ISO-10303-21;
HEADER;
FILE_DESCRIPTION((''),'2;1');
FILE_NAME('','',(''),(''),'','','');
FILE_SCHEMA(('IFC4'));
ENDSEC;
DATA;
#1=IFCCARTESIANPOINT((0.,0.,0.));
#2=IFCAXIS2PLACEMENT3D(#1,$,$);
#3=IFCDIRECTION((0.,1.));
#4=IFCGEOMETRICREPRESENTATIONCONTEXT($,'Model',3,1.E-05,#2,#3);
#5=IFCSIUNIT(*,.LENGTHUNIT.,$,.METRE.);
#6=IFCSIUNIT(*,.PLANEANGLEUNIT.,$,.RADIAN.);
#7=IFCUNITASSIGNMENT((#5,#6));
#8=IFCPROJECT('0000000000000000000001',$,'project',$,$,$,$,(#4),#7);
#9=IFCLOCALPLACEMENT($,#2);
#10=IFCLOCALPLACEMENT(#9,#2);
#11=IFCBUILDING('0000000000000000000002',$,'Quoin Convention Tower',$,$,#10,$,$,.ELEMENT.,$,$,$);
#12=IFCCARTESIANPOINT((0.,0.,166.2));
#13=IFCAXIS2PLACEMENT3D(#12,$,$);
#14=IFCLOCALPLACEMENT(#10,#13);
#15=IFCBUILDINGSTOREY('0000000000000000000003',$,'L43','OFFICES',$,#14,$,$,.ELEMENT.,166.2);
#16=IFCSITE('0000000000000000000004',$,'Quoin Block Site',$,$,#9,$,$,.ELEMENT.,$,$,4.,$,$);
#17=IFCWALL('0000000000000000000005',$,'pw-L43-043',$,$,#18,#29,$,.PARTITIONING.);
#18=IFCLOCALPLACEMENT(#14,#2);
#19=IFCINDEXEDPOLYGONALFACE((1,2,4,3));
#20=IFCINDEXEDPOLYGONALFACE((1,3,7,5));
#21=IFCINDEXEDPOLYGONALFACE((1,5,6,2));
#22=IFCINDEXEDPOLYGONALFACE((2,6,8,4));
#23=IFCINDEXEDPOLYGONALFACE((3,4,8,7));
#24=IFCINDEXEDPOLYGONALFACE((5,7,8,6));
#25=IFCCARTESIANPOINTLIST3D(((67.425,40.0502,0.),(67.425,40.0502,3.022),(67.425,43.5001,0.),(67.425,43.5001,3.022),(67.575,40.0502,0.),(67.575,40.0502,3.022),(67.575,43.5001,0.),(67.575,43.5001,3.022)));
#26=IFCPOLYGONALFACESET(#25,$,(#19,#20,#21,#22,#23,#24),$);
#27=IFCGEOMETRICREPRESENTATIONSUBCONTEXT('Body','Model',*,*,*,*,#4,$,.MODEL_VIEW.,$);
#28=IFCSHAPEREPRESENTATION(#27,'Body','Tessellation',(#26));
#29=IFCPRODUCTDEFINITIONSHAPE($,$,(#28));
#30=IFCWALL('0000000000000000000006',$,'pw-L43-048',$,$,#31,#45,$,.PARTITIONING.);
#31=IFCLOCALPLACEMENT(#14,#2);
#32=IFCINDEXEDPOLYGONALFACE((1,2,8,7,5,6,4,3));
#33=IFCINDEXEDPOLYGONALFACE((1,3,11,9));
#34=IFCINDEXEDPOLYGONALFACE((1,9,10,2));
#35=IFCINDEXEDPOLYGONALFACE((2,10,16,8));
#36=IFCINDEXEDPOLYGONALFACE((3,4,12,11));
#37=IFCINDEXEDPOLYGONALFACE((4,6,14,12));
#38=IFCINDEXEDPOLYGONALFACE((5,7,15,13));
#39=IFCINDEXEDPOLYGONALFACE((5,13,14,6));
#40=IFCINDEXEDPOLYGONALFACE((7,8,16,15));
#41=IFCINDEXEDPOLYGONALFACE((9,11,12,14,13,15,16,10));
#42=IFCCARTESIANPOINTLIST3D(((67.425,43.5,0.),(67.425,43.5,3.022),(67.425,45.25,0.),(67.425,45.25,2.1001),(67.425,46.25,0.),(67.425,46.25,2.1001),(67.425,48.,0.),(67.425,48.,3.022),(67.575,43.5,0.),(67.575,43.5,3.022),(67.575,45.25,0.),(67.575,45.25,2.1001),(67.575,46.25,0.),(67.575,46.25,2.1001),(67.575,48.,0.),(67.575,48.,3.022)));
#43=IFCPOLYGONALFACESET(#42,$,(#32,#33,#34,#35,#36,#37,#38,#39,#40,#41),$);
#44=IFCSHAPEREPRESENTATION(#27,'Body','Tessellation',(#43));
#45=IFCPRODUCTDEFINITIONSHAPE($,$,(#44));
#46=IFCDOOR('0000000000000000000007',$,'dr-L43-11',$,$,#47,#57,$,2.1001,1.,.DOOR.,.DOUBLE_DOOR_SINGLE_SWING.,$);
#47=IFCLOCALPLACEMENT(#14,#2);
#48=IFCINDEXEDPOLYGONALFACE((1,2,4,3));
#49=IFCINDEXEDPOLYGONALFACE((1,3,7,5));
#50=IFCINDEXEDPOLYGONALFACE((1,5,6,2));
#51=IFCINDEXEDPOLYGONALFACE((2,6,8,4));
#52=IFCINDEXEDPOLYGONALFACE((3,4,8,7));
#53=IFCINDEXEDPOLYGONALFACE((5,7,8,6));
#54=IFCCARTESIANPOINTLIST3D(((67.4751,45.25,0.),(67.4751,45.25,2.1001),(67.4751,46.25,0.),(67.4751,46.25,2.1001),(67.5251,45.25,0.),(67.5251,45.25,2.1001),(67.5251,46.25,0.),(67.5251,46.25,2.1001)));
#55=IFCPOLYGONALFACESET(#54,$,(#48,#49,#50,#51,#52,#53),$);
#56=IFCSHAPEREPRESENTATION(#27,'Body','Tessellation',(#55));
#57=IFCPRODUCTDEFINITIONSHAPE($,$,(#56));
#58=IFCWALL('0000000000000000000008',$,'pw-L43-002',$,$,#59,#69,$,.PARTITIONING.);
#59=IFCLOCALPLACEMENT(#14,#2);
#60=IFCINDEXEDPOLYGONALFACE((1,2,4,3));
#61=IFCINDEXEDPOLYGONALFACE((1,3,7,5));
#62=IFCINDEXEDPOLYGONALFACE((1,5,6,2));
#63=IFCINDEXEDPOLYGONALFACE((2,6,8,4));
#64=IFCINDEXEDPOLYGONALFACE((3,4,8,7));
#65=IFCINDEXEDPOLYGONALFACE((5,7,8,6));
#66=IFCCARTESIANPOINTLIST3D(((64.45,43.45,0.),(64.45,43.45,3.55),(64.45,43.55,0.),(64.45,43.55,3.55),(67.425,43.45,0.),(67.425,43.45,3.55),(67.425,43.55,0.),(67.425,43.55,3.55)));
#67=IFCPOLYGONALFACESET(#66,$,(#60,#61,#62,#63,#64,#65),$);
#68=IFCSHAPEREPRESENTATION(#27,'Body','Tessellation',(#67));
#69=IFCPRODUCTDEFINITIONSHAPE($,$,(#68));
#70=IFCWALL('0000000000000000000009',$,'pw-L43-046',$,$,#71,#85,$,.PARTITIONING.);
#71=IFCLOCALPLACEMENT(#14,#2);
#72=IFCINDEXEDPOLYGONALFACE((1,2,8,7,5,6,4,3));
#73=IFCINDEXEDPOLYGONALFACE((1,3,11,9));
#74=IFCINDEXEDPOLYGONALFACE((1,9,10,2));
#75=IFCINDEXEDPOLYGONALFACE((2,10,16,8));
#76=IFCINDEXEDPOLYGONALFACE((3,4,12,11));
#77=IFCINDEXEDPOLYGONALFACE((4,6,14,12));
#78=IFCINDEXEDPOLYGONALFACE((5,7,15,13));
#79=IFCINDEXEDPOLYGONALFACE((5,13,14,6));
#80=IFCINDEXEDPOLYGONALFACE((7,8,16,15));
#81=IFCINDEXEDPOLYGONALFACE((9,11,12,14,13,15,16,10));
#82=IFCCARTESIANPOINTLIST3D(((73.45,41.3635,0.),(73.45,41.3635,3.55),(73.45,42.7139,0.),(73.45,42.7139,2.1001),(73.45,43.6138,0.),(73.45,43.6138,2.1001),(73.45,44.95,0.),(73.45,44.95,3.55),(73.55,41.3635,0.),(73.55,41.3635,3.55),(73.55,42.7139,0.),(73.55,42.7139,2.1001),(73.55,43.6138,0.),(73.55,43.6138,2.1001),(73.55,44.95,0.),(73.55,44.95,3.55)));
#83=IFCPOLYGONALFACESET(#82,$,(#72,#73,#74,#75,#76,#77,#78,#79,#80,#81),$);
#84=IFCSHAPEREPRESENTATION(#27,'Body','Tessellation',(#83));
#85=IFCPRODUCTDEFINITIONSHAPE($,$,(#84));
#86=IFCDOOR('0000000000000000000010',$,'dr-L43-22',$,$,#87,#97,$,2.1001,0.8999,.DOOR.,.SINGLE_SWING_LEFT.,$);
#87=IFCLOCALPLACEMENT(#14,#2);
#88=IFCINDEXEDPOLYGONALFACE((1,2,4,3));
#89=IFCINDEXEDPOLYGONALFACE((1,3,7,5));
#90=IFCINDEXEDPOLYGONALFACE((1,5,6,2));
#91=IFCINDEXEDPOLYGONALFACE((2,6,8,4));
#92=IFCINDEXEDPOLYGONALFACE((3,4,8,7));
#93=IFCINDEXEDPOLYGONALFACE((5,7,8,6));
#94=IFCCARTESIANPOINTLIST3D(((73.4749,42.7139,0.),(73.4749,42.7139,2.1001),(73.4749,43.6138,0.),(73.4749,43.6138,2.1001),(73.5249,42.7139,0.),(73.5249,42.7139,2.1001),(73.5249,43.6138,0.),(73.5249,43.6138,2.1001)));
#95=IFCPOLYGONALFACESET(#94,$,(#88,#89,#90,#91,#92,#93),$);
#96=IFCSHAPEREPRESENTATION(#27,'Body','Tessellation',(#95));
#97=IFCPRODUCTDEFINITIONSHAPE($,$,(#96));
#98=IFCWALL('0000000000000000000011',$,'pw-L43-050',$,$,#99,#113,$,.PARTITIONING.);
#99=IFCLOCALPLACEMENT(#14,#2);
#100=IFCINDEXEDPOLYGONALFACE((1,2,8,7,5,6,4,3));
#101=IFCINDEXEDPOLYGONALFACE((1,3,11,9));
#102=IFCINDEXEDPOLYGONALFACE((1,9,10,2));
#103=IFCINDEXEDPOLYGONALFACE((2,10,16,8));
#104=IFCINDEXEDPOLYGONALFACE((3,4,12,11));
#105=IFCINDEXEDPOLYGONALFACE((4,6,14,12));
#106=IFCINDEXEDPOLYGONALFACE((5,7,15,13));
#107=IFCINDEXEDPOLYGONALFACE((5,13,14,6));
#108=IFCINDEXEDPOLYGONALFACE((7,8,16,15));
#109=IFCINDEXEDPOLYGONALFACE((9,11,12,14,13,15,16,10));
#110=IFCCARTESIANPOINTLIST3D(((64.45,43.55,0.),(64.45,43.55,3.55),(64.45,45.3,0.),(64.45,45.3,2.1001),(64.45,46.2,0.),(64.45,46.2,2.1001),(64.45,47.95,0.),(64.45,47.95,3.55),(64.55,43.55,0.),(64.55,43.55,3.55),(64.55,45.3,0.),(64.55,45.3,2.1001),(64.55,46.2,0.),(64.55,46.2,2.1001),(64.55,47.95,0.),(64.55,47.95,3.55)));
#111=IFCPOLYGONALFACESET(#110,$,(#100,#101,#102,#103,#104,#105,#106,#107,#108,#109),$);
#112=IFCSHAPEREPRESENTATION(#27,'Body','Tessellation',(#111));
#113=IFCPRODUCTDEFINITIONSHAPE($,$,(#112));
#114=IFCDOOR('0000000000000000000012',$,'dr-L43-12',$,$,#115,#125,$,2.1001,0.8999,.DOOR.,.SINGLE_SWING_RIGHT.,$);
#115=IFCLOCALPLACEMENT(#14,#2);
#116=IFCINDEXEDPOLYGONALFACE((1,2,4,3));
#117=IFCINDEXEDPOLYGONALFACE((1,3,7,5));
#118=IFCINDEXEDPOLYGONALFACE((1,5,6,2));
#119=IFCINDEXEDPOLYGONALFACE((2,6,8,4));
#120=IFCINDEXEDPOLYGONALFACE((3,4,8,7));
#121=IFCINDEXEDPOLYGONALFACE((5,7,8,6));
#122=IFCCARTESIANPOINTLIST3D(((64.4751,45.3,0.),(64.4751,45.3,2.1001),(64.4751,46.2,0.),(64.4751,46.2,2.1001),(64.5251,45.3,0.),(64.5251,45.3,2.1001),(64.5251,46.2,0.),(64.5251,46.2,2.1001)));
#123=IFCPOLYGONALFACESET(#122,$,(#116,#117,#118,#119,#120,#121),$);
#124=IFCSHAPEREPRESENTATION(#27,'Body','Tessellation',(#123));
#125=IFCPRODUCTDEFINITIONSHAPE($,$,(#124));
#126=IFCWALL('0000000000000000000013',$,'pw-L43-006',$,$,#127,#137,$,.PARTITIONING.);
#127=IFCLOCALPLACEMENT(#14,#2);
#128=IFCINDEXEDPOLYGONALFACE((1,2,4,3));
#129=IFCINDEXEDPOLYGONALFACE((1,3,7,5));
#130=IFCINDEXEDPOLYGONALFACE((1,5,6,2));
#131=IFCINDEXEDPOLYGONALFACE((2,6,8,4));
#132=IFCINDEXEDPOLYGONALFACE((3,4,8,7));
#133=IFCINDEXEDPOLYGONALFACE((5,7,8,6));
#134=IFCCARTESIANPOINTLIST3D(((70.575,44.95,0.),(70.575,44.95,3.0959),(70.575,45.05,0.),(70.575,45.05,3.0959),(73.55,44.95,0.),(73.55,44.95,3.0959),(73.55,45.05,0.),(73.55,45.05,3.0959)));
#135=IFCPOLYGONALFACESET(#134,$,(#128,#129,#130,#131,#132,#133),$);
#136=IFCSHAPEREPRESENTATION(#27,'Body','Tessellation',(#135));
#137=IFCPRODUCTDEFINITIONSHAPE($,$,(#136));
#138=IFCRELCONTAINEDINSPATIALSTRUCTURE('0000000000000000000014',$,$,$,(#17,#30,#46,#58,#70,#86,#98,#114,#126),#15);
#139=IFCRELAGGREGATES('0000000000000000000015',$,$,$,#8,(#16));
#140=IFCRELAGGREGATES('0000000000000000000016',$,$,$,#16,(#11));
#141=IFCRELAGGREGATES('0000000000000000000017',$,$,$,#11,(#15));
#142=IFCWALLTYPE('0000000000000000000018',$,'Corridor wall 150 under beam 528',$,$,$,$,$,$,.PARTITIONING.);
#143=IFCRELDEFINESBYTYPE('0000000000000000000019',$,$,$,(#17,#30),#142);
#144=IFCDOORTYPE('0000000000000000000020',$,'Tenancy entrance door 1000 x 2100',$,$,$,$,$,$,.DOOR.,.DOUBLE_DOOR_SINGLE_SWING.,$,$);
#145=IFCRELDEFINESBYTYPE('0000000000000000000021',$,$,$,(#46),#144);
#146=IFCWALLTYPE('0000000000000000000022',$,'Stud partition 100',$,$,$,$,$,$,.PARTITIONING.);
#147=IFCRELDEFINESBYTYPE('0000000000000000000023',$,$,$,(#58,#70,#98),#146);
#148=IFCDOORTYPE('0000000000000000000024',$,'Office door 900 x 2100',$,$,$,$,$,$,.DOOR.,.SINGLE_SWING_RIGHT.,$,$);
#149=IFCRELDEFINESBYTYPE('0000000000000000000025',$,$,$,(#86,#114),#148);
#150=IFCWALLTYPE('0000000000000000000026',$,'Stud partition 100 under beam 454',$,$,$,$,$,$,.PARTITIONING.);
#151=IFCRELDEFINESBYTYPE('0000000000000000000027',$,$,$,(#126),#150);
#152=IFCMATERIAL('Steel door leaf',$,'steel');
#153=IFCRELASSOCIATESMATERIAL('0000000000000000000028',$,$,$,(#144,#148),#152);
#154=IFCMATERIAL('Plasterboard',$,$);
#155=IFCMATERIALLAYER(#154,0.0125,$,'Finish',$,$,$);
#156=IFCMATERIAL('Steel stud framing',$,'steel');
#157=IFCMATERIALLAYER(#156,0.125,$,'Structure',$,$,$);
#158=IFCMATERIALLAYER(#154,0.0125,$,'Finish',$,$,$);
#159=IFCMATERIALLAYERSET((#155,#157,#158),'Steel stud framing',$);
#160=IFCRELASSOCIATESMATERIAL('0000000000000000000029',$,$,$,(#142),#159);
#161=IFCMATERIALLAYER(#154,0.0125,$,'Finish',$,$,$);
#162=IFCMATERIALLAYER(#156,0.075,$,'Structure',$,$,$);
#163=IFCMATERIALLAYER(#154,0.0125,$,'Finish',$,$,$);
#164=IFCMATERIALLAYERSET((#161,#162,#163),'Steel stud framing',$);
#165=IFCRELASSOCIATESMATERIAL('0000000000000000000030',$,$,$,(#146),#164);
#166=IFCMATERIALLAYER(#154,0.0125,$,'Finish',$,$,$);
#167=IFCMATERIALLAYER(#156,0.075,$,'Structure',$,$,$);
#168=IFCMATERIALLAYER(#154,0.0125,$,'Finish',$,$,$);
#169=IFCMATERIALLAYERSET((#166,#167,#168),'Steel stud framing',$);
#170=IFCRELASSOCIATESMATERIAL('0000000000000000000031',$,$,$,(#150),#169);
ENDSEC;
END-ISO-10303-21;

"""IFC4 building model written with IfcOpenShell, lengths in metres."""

from ifc_helpers import new_model, si_unit, direction, frame, frame_2d, origin, place, context, subcontext, project, spatial, rectangle, extrude, material, layer, layer_set, type_object, element, fill, save


model = new_model("IFC4")

# Units and contexts
model_context = context("Model", 3, precision=1e-05, world=origin(), true_north=direction((0.0, 1.0)))
body_context = subcontext(model_context, "Body", "Model", "MODEL_VIEW")
ifc_project = project(units=[si_unit("LENGTHUNIT", "METRE"), si_unit("PLANEANGLEUNIT", "RADIAN")], contexts=[model_context])

# Site, building, storey
site_placement = place(None, origin())
site = spatial("IfcSite", under=ifc_project, at=site_placement, Name="Quoin Block Site", CompositionType="ELEMENT", RefElevation=4.0)
building_placement = place(site_placement, origin())
building = spatial("IfcBuilding", under=site, at=building_placement, Name="Quoin Convention Tower", CompositionType="ELEMENT")
storey_placement = place(building_placement, frame((0.0, 0.0, 166.2)))
storey = spatial("IfcBuildingStorey", under=building, at=storey_placement, Name="L43", Description="OFFICES", CompositionType="ELEMENT", Elevation=166.2)

# Shared definitions
ifc_material_1 = material(Name="Plasterboard")
ifc_material_2 = material(Name="Steel stud framing", Category="steel")
ifc_material_3 = material(Name="Steel door leaf", Category="steel")
door_type_1 = type_object("IfcDoorType", Name="Tenancy entrance door 1000 x 2100", OperationType="DOUBLE_DOOR_SINGLE_SWING", PredefinedType="DOOR", material=ifc_material_3)

# Wall
ifc_layer_1 = layer(ifc_material_1, 0.0125, Name="Finish")
ifc_layer_2 = layer(ifc_material_2, 0.125, Name="Structure")
ifc_layer_3 = layer(ifc_material_1, 0.0125, Name="Finish")
ifc_layer_set_1 = layer_set([ifc_layer_1, ifc_layer_2, ifc_layer_3], Name="Steel stud framing")
wall_type_1 = type_object("IfcWallType", Name="Corridor wall 150 under beam 528", PredefinedType="PARTITIONING", material=ifc_layer_set_1)
wall_1_placement = place(storey_placement, frame((67.5, 40.05, 0.0), z_axis=(0.0, 0.0, 1.0), x_axis=(0.0, 1.0, 0.0)))
element("IfcWall", 1, at=wall_1_placement, inside=storey, type_object=wall_type_1, Name="pw-L43-043", PredefinedType="PARTITIONING", context=body_context, shape_type="SweptSolid", body=[
    extrude(rectangle(XDim=3.45, YDim=0.1499, at=frame_2d((1.7251, 0.0))), origin(), (0.0, 0.0, 1.0), 3.022),
])

# Wall, opening, door
wall_2_placement = place(storey_placement, frame((67.5, 43.5, 0.0), z_axis=(0.0, 0.0, 1.0), x_axis=(0.0, 1.0, 0.0)))
wall_2 = element("IfcWall", 2, at=wall_2_placement, inside=storey, type_object=wall_type_1, Name="pw-L43-048", PredefinedType="PARTITIONING", context=body_context, shape_type="SweptSolid", body=[
    extrude(rectangle(XDim=4.5, YDim=0.1499, at=frame_2d((2.25, 0.0))), origin(), (0.0, 0.0, 1.0), 3.022),
])
opening_1_placement = place(wall_2_placement, frame((1.75, 0.0, 0.0)))
opening_1 = element("IfcOpeningElement", 3, at=opening_1_placement, cuts=wall_2, PredefinedType="OPENING", context=body_context, shape_type="SweptSolid", body=[
    extrude(rectangle(XDim=1.0, YDim=2.1001, at=frame_2d((0.5, 1.05))), frame((0.0, 0.085, 0.0), z_axis=(0.0, -1.0, 0.0), x_axis=(1.0, 0.0, 0.0)), (0.0, 0.0, 1.0), 0.1699),
])
door_1_placement = place(opening_1_placement, origin())
door_1 = element("IfcDoor", 4, at=door_1_placement, inside=storey, type_object=door_type_1, Name="dr-L43-11", OperationType="DOUBLE_DOOR_SINGLE_SWING", OverallHeight=2.1001, OverallWidth=1.0, PredefinedType="DOOR", context=body_context, shape_type="SweptSolid", body=[
    extrude(rectangle(XDim=1.0, YDim=2.1001, at=frame_2d((0.5, 1.05))), frame((0.0, 0.0249, 0.0), z_axis=(0.0, -1.0, 0.0), x_axis=(1.0, 0.0, 0.0)), (0.0, 0.0, 1.0), 0.05),
])
fill(opening_1, door_1)

# Wall
ifc_layer_4 = layer(ifc_material_1, 0.0125, Name="Finish")
ifc_layer_5 = layer(ifc_material_2, 0.075, Name="Structure")
ifc_layer_6 = layer(ifc_material_1, 0.0125, Name="Finish")
ifc_layer_set_2 = layer_set([ifc_layer_4, ifc_layer_5, ifc_layer_6], Name="Steel stud framing")
wall_type_2 = type_object("IfcWallType", Name="Stud partition 100", PredefinedType="PARTITIONING", material=ifc_layer_set_2)
wall_3_placement = place(storey_placement, frame((64.45, 43.5, 0.0), z_axis=(0.0, 0.0, 1.0), x_axis=(1.0, 0.0, 0.0)))
element("IfcWall", 5, at=wall_3_placement, inside=storey, type_object=wall_type_2, Name="pw-L43-002", PredefinedType="PARTITIONING", context=body_context, shape_type="SweptSolid", body=[
    extrude(rectangle(XDim=2.9751, YDim=0.1001, at=frame_2d((1.4875, 0.0))), origin(), (0.0, 0.0, 1.0), 3.55),
])

# Walls, openings, doors
wall_4_placement = place(storey_placement, frame((73.5, 41.3635, 0.0), z_axis=(0.0, 0.0, 1.0), x_axis=(0.0, 1.0, 0.0)))
wall_4 = element("IfcWall", 6, at=wall_4_placement, inside=storey, type_object=wall_type_2, Name="pw-L43-046", PredefinedType="PARTITIONING", context=body_context, shape_type="SweptSolid", body=[
    extrude(rectangle(XDim=3.5864, YDim=0.1001, at=frame_2d((1.7932, 0.0))), origin(), (0.0, 0.0, 1.0), 3.55),
])
opening_2_placement = place(wall_4_placement, frame((1.3503, 0.0, 0.0)))
opening_2 = element("IfcOpeningElement", 7, at=opening_2_placement, cuts=wall_4, PredefinedType="OPENING", context=body_context, shape_type="SweptSolid", body=[
    extrude(rectangle(XDim=0.8999, YDim=2.1001, at=frame_2d((0.45, 1.05))), frame((0.0, 0.0601, 0.0), z_axis=(0.0, -1.0, 0.0), x_axis=(1.0, 0.0, 0.0)), (0.0, 0.0, 1.0), 0.1201),
])
door_type_2 = type_object("IfcDoorType", Name="Office door 900 x 2100", OperationType="SINGLE_SWING_RIGHT", PredefinedType="DOOR", material=ifc_material_3)
door_2_placement = place(opening_2_placement, frame((0.8999, 0.0, 0.0), z_axis=(0.0, 0.0, 1.0), x_axis=(-1.0, 0.0, 0.0)))
door_2 = element("IfcDoor", 8, at=door_2_placement, inside=storey, type_object=door_type_2, Name="dr-L43-22", OperationType="SINGLE_SWING_LEFT", OverallHeight=2.1001, OverallWidth=0.8999, PredefinedType="DOOR", context=body_context, shape_type="SweptSolid", body=[
    extrude(rectangle(XDim=0.8999, YDim=2.1001, at=frame_2d((0.45, 1.05))), frame((0.0, 0.0249, 0.0), z_axis=(0.0, -1.0, 0.0), x_axis=(1.0, 0.0, 0.0)), (0.0, 0.0, 1.0), 0.05),
])
fill(opening_2, door_2)
wall_5_placement = place(storey_placement, frame((64.5, 43.55, 0.0), z_axis=(0.0, 0.0, 1.0), x_axis=(0.0, 1.0, 0.0)))
wall_5 = element("IfcWall", 9, at=wall_5_placement, inside=storey, type_object=wall_type_2, Name="pw-L43-050", PredefinedType="PARTITIONING", context=body_context, shape_type="SweptSolid", body=[
    extrude(rectangle(XDim=4.3999, YDim=0.1001, at=frame_2d((2.2, 0.0))), origin(), (0.0, 0.0, 1.0), 3.55),
])
opening_3_placement = place(wall_5_placement, frame((1.75, 0.0, 0.0)))
opening_3 = element("IfcOpeningElement", 10, at=opening_3_placement, cuts=wall_5, PredefinedType="OPENING", context=body_context, shape_type="SweptSolid", body=[
    extrude(rectangle(XDim=0.8999, YDim=2.1001, at=frame_2d((0.45, 1.05))), frame((0.0, 0.0601, 0.0), z_axis=(0.0, -1.0, 0.0), x_axis=(1.0, 0.0, 0.0)), (0.0, 0.0, 1.0), 0.1201),
])
door_3_placement = place(opening_3_placement, origin())
door_3 = element("IfcDoor", 11, at=door_3_placement, inside=storey, type_object=door_type_2, Name="dr-L43-12", OperationType="SINGLE_SWING_RIGHT", OverallHeight=2.1001, OverallWidth=0.8999, PredefinedType="DOOR", context=body_context, shape_type="SweptSolid", body=[
    extrude(rectangle(XDim=0.8999, YDim=2.1001, at=frame_2d((0.45, 1.05))), frame((0.0, 0.0249, 0.0), z_axis=(0.0, -1.0, 0.0), x_axis=(1.0, 0.0, 0.0)), (0.0, 0.0, 1.0), 0.05),
])
fill(opening_3, door_3)

# Wall
ifc_layer_7 = layer(ifc_material_1, 0.0125, Name="Finish")
ifc_layer_8 = layer(ifc_material_2, 0.075, Name="Structure")
ifc_layer_9 = layer(ifc_material_1, 0.0125, Name="Finish")
ifc_layer_set_3 = layer_set([ifc_layer_7, ifc_layer_8, ifc_layer_9], Name="Steel stud framing")
wall_type_3 = type_object("IfcWallType", Name="Stud partition 100 under beam 454", PredefinedType="PARTITIONING", material=ifc_layer_set_3)
wall_6_placement = place(storey_placement, frame((70.575, 45.0, 0.0), z_axis=(0.0, 0.0, 1.0), x_axis=(1.0, 0.0, 0.0)))
element("IfcWall", 12, at=wall_6_placement, inside=storey, type_object=wall_type_3, Name="pw-L43-006", PredefinedType="PARTITIONING", context=body_context, shape_type="SweptSolid", body=[
    extrude(rectangle(XDim=2.9751, YDim=0.1001, at=frame_2d((1.4875, 0.0))), origin(), (0.0, 0.0, 1.0), 3.0959),
])

save(model, "model.ifc")
